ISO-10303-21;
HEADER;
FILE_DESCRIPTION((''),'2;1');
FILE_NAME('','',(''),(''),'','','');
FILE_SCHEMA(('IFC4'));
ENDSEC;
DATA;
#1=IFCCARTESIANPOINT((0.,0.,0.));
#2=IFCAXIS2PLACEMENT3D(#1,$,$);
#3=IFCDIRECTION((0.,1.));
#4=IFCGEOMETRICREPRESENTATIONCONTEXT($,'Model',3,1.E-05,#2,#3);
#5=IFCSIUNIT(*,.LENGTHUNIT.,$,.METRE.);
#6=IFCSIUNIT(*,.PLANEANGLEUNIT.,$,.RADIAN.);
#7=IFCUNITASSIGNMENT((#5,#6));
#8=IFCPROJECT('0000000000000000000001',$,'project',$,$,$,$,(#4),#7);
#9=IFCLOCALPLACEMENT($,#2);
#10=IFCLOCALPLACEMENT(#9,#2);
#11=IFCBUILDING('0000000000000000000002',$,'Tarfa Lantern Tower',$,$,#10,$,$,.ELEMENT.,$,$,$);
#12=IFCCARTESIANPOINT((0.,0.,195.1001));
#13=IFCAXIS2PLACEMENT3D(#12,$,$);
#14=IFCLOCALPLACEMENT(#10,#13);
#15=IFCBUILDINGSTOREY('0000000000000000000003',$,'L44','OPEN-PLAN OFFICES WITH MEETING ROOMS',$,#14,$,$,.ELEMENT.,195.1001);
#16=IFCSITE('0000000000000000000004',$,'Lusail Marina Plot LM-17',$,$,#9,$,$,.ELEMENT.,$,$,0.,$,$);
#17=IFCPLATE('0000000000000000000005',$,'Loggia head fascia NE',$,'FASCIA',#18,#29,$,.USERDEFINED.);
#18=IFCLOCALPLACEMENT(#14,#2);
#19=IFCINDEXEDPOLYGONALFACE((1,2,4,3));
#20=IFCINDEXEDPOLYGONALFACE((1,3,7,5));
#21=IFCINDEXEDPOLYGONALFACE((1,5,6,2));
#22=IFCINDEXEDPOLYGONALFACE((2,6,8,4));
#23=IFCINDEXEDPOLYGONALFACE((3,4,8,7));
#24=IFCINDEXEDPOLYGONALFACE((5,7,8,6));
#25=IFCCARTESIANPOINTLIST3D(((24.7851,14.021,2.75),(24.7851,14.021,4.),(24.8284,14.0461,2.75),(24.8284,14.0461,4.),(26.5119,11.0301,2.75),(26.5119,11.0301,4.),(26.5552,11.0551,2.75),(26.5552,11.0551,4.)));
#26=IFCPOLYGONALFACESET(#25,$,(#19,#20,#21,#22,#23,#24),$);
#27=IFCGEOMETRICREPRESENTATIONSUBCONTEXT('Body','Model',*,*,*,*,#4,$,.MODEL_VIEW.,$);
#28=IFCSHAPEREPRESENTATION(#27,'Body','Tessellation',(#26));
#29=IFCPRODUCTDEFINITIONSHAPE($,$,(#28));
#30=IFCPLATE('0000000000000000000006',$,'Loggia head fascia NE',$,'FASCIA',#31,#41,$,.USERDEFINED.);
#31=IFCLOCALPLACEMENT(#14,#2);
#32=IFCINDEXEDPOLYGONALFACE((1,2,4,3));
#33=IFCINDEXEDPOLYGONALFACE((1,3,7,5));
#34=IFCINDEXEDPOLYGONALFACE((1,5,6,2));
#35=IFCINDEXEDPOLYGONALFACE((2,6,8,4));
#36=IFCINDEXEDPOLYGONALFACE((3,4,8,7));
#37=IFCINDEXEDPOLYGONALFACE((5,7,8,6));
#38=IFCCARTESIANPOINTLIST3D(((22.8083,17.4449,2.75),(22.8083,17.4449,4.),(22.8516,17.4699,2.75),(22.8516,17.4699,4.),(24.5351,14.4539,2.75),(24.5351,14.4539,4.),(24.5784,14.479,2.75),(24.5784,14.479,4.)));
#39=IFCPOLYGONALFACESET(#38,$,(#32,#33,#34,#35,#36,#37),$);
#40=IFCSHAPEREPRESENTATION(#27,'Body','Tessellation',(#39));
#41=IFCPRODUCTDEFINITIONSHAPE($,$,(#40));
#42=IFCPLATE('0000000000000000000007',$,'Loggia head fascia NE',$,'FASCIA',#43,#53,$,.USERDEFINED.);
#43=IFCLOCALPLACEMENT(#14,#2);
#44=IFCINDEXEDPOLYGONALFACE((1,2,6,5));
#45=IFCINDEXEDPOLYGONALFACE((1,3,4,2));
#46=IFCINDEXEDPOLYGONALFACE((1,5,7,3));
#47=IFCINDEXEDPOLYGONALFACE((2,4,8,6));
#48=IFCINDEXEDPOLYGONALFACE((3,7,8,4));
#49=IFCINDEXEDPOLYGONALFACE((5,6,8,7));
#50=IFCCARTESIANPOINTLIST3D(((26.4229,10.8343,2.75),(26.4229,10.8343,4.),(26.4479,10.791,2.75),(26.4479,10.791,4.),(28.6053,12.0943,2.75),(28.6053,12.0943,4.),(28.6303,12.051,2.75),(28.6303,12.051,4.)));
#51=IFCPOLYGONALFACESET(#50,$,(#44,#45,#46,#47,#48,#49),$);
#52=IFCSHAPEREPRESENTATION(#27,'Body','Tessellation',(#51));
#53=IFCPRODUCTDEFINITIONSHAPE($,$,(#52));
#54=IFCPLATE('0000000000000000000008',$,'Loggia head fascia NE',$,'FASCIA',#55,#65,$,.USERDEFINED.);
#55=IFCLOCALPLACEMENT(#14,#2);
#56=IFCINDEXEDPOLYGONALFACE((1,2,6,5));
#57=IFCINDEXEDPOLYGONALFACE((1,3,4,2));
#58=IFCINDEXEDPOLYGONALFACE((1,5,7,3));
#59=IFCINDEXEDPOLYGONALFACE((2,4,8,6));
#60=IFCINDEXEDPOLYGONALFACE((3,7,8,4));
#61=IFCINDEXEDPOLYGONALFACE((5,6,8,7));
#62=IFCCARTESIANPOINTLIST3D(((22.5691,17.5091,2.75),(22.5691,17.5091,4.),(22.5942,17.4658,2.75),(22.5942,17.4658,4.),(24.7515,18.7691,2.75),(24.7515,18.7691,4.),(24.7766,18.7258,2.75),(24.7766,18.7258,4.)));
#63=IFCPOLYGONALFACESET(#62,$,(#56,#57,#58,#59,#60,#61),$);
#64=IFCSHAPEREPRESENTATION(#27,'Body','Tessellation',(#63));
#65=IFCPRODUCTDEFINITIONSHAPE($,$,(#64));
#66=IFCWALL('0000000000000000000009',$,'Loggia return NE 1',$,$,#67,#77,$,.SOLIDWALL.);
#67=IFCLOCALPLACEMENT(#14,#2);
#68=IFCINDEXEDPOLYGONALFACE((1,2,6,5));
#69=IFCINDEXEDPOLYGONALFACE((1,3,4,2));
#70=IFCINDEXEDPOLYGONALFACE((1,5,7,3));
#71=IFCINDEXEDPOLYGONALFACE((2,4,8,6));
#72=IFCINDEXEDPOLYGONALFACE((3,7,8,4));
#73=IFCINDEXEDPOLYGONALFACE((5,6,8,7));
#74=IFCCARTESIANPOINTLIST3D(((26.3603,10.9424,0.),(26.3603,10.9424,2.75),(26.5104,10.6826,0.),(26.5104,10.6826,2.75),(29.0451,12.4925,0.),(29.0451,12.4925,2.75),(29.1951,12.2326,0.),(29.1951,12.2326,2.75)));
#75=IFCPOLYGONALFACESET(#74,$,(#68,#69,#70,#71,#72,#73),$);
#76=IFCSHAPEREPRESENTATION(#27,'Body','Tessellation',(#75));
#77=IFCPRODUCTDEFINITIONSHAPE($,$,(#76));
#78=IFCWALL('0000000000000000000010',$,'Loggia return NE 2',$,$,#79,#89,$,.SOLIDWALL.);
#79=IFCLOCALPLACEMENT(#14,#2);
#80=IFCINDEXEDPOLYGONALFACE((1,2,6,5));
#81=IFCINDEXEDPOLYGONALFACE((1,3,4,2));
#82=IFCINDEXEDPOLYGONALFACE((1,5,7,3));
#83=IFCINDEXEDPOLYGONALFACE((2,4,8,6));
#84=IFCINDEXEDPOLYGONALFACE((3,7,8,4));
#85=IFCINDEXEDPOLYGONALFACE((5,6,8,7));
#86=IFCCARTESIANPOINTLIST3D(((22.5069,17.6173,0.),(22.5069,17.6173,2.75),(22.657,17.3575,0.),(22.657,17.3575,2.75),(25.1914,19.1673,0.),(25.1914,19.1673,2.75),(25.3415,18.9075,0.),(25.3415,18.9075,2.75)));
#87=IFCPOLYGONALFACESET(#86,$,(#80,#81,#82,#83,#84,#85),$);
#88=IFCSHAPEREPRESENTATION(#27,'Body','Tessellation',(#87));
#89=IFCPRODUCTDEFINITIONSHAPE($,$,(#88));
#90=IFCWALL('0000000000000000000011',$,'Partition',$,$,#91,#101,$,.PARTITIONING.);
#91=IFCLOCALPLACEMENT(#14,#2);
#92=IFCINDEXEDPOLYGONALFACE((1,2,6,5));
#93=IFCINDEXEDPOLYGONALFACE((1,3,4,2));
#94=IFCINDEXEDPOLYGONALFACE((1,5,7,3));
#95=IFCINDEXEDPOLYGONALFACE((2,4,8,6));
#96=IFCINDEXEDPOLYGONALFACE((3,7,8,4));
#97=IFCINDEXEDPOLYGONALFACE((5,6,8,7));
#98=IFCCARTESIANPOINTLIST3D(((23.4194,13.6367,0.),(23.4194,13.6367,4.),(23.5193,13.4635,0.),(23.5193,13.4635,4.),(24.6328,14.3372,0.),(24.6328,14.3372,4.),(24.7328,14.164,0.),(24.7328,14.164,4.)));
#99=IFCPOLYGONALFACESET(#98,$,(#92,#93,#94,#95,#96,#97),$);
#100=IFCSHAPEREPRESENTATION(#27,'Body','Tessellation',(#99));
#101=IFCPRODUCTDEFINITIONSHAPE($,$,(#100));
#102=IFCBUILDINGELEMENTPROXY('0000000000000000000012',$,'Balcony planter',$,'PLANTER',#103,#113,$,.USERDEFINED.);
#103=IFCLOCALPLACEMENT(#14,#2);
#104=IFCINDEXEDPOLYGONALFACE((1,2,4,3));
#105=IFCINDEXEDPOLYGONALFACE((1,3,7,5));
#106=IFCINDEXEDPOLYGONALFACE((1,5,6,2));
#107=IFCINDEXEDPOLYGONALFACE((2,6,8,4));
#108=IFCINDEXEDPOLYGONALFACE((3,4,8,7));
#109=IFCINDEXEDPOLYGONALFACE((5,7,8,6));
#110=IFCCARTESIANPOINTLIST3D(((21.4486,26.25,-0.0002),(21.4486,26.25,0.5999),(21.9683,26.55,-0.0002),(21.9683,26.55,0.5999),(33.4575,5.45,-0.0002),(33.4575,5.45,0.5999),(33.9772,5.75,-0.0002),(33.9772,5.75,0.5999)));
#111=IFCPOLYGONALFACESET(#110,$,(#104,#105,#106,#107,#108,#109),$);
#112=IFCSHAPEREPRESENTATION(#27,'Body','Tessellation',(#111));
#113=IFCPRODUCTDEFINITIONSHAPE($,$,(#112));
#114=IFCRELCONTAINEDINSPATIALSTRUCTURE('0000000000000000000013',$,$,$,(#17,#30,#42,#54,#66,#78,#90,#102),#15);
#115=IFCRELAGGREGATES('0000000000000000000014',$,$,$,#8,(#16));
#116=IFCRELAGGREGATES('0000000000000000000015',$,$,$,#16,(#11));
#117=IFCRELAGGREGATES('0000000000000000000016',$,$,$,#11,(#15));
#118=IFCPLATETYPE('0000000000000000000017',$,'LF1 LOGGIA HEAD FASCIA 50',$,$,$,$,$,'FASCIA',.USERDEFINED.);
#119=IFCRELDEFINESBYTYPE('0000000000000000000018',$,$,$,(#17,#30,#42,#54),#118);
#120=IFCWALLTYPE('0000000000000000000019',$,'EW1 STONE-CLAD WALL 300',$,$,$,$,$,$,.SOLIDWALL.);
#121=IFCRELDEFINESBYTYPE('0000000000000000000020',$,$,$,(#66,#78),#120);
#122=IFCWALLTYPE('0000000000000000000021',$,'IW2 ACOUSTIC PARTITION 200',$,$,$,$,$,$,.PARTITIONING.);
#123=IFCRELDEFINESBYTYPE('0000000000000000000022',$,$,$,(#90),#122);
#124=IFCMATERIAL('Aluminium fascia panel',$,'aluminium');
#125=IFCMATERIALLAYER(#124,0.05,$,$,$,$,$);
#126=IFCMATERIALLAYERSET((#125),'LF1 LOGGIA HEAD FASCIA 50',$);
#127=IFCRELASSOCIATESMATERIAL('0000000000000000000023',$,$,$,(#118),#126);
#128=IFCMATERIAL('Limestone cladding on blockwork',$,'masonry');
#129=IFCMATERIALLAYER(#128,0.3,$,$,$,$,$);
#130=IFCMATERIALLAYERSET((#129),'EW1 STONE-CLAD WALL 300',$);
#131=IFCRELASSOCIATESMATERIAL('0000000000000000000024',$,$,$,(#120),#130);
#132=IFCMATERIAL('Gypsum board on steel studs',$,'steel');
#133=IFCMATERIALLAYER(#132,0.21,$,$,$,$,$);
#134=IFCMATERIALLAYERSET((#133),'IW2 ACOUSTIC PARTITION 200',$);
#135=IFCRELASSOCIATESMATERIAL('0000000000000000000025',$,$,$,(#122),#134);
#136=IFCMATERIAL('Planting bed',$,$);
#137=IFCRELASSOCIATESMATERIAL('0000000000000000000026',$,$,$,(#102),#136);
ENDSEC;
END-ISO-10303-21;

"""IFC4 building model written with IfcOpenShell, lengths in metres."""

from ifc_helpers import new_model, si_unit, direction, frame, frame_2d, origin, origin_2d, place, context, subcontext, project, spatial, rectangle, extrude, material, layer, layer_set, type_object, element, save


model = new_model("IFC4")

# Units and contexts
model_context = context("Model", 3, precision=1e-05, world=origin(), true_north=direction((0.0, 1.0)))
body_context = subcontext(model_context, "Body", "Model", "MODEL_VIEW")
ifc_project = project(units=[si_unit("LENGTHUNIT", "METRE"), si_unit("PLANEANGLEUNIT", "RADIAN")], contexts=[model_context])

# Site, building, storey
site_placement = place(None, origin())
site = spatial("IfcSite", under=ifc_project, at=site_placement, Name="Lusail Marina Plot LM-17", CompositionType="ELEMENT", RefElevation=0.0)
building_placement = place(site_placement, origin())
building = spatial("IfcBuilding", under=site, at=building_placement, Name="Tarfa Lantern Tower", CompositionType="ELEMENT")
storey_placement = place(building_placement, frame((0.0, 0.0, 195.1001)))
storey = spatial("IfcBuildingStorey", under=building, at=storey_placement, Name="L44", Description="OPEN-PLAN OFFICES WITH MEETING ROOMS", CompositionType="ELEMENT", Elevation=195.1001)

# Plates
ifc_material_1 = material(Name="Aluminium fascia panel", Category="aluminium")
ifc_layer_1 = layer(ifc_material_1, 0.05)
ifc_layer_set_1 = layer_set([ifc_layer_1], Name="LF1 LOGGIA HEAD FASCIA 50")
plate_type_1 = type_object("IfcPlateType", Name="LF1 LOGGIA HEAD FASCIA 50", ElementType="FASCIA", PredefinedType="USERDEFINED", material=ifc_layer_set_1)
for number, where, z_axis, x_axis, name in (
    (1, (25.6702, 12.5381, 2.75), (0.0, 0.0, 1.0), (-0.5, 0.866025, 0.0), "Loggia head fascia NE"),
    (2, (23.6934, 15.9619, 2.75), (0.0, 0.0, 1.0), (-0.5, 0.866025, 0.0), "Loggia head fascia NE"),
):
    element("IfcPlate", number, at=place(storey_placement, frame(where, z_axis=z_axis, x_axis=x_axis)), inside=storey, type_object=plate_type_1, Name=name, ObjectType="FASCIA", PredefinedType="USERDEFINED", context=body_context, shape_type="SweptSolid", body=[
        extrude(rectangle(XDim=3.4536, YDim=0.05, at=origin_2d()), origin(), (0.0, 0.0, 1.0), 1.25),
    ])
for number, where, z_axis, x_axis, name in (
    (3, (27.5266, 11.4426, 2.75), (0.0, 0.0, 1.0), (-0.866025, -0.5, 0.0), "Loggia head fascia NE"),
    (4, (23.6729, 18.1174, 2.75), (0.0, 0.0, 1.0), (-0.866025, -0.5, 0.0), "Loggia head fascia NE"),
):
    element("IfcPlate", number, at=place(storey_placement, frame(where, z_axis=z_axis, x_axis=x_axis)), inside=storey, type_object=plate_type_1, Name=name, ObjectType="FASCIA", PredefinedType="USERDEFINED", context=body_context, shape_type="SweptSolid", body=[
        extrude(rectangle(XDim=2.52, YDim=0.05, at=origin_2d()), origin(), (0.0, 0.0, 1.0), 1.25),
    ])

# Walls
ifc_material_2 = material(Name="Limestone cladding on blockwork", Category="masonry")
ifc_layer_2 = layer(ifc_material_2, 0.3)
ifc_layer_set_2 = layer_set([ifc_layer_2], Name="EW1 STONE-CLAD WALL 300")
wall_type_1 = type_object("IfcWallType", Name="EW1 STONE-CLAD WALL 300", PredefinedType="SOLIDWALL", material=ifc_layer_set_2)
wall_1_placement = place(storey_placement, frame((29.1201, 12.3625, 0.0), z_axis=(0.0, 0.0, 1.0), x_axis=(-0.86603, -0.499993, 0.0)))
element("IfcWall", 5, at=wall_1_placement, inside=storey, type_object=wall_type_1, Name="Loggia return NE 1", PredefinedType="SOLIDWALL", context=body_context, shape_type="SweptSolid", body=[
    extrude(rectangle(XDim=3.1001, YDim=0.3, at=frame_2d((1.55, 0.0))), origin(), (0.0, 0.0, 1.0), 2.75),
])
wall_2_placement = place(storey_placement, frame((25.2664, 19.0374, 0.0), z_axis=(0.0, 0.0, 1.0), x_axis=(-0.86601, -0.500027, 0.0)))
element("IfcWall", 6, at=wall_2_placement, inside=storey, type_object=wall_type_1, Name="Loggia return NE 2", PredefinedType="SOLIDWALL", context=body_context, shape_type="SweptSolid", body=[
    extrude(rectangle(XDim=3.0999, YDim=0.3, at=frame_2d((1.5498, 0.0))), origin(), (0.0, 0.0, 1.0), 2.75),
])
ifc_material_3 = material(Name="Gypsum board on steel studs", Category="steel")
ifc_layer_3 = layer(ifc_material_3, 0.21)
ifc_layer_set_3 = layer_set([ifc_layer_3], Name="IW2 ACOUSTIC PARTITION 200")
wall_type_2 = type_object("IfcWallType", Name="IW2 ACOUSTIC PARTITION 200", PredefinedType="PARTITIONING", material=ifc_layer_set_3)
wall_3_placement = place(storey_placement, frame((23.4692, 13.55, 0.0), z_axis=(0.0, 0.0, 1.0), x_axis=(0.866058, 0.499944, 0.0)))
element("IfcWall", 7, at=wall_3_placement, inside=storey, type_object=wall_type_2, Name="Partition", PredefinedType="PARTITIONING", context=body_context, shape_type="SweptSolid", body=[
    extrude(rectangle(XDim=1.4011, YDim=0.2, at=frame_2d((0.7007, 0.0))), origin(), (0.0, 0.0, 1.0), 4.0),
])

# Building element proxy
ifc_material_4 = material(Name="Planting bed")
proxy_placement = place(storey_placement, frame((27.7129, 16.0, -0.0002), z_axis=(0.0, 0.0, 1.0), x_axis=(-0.5, 0.866025, 0.0)))
element("IfcBuildingElementProxy", 8, at=proxy_placement, inside=storey, material=ifc_material_4, Name="Balcony planter", ObjectType="PLANTER", PredefinedType="USERDEFINED", context=body_context, shape_type="SweptSolid", body=[
    extrude(rectangle(XDim=24.0178, YDim=0.6001, at=origin_2d()), origin(), (0.0, 0.0, 1.0), 0.6001),
])

save(model, "model.ifc")
